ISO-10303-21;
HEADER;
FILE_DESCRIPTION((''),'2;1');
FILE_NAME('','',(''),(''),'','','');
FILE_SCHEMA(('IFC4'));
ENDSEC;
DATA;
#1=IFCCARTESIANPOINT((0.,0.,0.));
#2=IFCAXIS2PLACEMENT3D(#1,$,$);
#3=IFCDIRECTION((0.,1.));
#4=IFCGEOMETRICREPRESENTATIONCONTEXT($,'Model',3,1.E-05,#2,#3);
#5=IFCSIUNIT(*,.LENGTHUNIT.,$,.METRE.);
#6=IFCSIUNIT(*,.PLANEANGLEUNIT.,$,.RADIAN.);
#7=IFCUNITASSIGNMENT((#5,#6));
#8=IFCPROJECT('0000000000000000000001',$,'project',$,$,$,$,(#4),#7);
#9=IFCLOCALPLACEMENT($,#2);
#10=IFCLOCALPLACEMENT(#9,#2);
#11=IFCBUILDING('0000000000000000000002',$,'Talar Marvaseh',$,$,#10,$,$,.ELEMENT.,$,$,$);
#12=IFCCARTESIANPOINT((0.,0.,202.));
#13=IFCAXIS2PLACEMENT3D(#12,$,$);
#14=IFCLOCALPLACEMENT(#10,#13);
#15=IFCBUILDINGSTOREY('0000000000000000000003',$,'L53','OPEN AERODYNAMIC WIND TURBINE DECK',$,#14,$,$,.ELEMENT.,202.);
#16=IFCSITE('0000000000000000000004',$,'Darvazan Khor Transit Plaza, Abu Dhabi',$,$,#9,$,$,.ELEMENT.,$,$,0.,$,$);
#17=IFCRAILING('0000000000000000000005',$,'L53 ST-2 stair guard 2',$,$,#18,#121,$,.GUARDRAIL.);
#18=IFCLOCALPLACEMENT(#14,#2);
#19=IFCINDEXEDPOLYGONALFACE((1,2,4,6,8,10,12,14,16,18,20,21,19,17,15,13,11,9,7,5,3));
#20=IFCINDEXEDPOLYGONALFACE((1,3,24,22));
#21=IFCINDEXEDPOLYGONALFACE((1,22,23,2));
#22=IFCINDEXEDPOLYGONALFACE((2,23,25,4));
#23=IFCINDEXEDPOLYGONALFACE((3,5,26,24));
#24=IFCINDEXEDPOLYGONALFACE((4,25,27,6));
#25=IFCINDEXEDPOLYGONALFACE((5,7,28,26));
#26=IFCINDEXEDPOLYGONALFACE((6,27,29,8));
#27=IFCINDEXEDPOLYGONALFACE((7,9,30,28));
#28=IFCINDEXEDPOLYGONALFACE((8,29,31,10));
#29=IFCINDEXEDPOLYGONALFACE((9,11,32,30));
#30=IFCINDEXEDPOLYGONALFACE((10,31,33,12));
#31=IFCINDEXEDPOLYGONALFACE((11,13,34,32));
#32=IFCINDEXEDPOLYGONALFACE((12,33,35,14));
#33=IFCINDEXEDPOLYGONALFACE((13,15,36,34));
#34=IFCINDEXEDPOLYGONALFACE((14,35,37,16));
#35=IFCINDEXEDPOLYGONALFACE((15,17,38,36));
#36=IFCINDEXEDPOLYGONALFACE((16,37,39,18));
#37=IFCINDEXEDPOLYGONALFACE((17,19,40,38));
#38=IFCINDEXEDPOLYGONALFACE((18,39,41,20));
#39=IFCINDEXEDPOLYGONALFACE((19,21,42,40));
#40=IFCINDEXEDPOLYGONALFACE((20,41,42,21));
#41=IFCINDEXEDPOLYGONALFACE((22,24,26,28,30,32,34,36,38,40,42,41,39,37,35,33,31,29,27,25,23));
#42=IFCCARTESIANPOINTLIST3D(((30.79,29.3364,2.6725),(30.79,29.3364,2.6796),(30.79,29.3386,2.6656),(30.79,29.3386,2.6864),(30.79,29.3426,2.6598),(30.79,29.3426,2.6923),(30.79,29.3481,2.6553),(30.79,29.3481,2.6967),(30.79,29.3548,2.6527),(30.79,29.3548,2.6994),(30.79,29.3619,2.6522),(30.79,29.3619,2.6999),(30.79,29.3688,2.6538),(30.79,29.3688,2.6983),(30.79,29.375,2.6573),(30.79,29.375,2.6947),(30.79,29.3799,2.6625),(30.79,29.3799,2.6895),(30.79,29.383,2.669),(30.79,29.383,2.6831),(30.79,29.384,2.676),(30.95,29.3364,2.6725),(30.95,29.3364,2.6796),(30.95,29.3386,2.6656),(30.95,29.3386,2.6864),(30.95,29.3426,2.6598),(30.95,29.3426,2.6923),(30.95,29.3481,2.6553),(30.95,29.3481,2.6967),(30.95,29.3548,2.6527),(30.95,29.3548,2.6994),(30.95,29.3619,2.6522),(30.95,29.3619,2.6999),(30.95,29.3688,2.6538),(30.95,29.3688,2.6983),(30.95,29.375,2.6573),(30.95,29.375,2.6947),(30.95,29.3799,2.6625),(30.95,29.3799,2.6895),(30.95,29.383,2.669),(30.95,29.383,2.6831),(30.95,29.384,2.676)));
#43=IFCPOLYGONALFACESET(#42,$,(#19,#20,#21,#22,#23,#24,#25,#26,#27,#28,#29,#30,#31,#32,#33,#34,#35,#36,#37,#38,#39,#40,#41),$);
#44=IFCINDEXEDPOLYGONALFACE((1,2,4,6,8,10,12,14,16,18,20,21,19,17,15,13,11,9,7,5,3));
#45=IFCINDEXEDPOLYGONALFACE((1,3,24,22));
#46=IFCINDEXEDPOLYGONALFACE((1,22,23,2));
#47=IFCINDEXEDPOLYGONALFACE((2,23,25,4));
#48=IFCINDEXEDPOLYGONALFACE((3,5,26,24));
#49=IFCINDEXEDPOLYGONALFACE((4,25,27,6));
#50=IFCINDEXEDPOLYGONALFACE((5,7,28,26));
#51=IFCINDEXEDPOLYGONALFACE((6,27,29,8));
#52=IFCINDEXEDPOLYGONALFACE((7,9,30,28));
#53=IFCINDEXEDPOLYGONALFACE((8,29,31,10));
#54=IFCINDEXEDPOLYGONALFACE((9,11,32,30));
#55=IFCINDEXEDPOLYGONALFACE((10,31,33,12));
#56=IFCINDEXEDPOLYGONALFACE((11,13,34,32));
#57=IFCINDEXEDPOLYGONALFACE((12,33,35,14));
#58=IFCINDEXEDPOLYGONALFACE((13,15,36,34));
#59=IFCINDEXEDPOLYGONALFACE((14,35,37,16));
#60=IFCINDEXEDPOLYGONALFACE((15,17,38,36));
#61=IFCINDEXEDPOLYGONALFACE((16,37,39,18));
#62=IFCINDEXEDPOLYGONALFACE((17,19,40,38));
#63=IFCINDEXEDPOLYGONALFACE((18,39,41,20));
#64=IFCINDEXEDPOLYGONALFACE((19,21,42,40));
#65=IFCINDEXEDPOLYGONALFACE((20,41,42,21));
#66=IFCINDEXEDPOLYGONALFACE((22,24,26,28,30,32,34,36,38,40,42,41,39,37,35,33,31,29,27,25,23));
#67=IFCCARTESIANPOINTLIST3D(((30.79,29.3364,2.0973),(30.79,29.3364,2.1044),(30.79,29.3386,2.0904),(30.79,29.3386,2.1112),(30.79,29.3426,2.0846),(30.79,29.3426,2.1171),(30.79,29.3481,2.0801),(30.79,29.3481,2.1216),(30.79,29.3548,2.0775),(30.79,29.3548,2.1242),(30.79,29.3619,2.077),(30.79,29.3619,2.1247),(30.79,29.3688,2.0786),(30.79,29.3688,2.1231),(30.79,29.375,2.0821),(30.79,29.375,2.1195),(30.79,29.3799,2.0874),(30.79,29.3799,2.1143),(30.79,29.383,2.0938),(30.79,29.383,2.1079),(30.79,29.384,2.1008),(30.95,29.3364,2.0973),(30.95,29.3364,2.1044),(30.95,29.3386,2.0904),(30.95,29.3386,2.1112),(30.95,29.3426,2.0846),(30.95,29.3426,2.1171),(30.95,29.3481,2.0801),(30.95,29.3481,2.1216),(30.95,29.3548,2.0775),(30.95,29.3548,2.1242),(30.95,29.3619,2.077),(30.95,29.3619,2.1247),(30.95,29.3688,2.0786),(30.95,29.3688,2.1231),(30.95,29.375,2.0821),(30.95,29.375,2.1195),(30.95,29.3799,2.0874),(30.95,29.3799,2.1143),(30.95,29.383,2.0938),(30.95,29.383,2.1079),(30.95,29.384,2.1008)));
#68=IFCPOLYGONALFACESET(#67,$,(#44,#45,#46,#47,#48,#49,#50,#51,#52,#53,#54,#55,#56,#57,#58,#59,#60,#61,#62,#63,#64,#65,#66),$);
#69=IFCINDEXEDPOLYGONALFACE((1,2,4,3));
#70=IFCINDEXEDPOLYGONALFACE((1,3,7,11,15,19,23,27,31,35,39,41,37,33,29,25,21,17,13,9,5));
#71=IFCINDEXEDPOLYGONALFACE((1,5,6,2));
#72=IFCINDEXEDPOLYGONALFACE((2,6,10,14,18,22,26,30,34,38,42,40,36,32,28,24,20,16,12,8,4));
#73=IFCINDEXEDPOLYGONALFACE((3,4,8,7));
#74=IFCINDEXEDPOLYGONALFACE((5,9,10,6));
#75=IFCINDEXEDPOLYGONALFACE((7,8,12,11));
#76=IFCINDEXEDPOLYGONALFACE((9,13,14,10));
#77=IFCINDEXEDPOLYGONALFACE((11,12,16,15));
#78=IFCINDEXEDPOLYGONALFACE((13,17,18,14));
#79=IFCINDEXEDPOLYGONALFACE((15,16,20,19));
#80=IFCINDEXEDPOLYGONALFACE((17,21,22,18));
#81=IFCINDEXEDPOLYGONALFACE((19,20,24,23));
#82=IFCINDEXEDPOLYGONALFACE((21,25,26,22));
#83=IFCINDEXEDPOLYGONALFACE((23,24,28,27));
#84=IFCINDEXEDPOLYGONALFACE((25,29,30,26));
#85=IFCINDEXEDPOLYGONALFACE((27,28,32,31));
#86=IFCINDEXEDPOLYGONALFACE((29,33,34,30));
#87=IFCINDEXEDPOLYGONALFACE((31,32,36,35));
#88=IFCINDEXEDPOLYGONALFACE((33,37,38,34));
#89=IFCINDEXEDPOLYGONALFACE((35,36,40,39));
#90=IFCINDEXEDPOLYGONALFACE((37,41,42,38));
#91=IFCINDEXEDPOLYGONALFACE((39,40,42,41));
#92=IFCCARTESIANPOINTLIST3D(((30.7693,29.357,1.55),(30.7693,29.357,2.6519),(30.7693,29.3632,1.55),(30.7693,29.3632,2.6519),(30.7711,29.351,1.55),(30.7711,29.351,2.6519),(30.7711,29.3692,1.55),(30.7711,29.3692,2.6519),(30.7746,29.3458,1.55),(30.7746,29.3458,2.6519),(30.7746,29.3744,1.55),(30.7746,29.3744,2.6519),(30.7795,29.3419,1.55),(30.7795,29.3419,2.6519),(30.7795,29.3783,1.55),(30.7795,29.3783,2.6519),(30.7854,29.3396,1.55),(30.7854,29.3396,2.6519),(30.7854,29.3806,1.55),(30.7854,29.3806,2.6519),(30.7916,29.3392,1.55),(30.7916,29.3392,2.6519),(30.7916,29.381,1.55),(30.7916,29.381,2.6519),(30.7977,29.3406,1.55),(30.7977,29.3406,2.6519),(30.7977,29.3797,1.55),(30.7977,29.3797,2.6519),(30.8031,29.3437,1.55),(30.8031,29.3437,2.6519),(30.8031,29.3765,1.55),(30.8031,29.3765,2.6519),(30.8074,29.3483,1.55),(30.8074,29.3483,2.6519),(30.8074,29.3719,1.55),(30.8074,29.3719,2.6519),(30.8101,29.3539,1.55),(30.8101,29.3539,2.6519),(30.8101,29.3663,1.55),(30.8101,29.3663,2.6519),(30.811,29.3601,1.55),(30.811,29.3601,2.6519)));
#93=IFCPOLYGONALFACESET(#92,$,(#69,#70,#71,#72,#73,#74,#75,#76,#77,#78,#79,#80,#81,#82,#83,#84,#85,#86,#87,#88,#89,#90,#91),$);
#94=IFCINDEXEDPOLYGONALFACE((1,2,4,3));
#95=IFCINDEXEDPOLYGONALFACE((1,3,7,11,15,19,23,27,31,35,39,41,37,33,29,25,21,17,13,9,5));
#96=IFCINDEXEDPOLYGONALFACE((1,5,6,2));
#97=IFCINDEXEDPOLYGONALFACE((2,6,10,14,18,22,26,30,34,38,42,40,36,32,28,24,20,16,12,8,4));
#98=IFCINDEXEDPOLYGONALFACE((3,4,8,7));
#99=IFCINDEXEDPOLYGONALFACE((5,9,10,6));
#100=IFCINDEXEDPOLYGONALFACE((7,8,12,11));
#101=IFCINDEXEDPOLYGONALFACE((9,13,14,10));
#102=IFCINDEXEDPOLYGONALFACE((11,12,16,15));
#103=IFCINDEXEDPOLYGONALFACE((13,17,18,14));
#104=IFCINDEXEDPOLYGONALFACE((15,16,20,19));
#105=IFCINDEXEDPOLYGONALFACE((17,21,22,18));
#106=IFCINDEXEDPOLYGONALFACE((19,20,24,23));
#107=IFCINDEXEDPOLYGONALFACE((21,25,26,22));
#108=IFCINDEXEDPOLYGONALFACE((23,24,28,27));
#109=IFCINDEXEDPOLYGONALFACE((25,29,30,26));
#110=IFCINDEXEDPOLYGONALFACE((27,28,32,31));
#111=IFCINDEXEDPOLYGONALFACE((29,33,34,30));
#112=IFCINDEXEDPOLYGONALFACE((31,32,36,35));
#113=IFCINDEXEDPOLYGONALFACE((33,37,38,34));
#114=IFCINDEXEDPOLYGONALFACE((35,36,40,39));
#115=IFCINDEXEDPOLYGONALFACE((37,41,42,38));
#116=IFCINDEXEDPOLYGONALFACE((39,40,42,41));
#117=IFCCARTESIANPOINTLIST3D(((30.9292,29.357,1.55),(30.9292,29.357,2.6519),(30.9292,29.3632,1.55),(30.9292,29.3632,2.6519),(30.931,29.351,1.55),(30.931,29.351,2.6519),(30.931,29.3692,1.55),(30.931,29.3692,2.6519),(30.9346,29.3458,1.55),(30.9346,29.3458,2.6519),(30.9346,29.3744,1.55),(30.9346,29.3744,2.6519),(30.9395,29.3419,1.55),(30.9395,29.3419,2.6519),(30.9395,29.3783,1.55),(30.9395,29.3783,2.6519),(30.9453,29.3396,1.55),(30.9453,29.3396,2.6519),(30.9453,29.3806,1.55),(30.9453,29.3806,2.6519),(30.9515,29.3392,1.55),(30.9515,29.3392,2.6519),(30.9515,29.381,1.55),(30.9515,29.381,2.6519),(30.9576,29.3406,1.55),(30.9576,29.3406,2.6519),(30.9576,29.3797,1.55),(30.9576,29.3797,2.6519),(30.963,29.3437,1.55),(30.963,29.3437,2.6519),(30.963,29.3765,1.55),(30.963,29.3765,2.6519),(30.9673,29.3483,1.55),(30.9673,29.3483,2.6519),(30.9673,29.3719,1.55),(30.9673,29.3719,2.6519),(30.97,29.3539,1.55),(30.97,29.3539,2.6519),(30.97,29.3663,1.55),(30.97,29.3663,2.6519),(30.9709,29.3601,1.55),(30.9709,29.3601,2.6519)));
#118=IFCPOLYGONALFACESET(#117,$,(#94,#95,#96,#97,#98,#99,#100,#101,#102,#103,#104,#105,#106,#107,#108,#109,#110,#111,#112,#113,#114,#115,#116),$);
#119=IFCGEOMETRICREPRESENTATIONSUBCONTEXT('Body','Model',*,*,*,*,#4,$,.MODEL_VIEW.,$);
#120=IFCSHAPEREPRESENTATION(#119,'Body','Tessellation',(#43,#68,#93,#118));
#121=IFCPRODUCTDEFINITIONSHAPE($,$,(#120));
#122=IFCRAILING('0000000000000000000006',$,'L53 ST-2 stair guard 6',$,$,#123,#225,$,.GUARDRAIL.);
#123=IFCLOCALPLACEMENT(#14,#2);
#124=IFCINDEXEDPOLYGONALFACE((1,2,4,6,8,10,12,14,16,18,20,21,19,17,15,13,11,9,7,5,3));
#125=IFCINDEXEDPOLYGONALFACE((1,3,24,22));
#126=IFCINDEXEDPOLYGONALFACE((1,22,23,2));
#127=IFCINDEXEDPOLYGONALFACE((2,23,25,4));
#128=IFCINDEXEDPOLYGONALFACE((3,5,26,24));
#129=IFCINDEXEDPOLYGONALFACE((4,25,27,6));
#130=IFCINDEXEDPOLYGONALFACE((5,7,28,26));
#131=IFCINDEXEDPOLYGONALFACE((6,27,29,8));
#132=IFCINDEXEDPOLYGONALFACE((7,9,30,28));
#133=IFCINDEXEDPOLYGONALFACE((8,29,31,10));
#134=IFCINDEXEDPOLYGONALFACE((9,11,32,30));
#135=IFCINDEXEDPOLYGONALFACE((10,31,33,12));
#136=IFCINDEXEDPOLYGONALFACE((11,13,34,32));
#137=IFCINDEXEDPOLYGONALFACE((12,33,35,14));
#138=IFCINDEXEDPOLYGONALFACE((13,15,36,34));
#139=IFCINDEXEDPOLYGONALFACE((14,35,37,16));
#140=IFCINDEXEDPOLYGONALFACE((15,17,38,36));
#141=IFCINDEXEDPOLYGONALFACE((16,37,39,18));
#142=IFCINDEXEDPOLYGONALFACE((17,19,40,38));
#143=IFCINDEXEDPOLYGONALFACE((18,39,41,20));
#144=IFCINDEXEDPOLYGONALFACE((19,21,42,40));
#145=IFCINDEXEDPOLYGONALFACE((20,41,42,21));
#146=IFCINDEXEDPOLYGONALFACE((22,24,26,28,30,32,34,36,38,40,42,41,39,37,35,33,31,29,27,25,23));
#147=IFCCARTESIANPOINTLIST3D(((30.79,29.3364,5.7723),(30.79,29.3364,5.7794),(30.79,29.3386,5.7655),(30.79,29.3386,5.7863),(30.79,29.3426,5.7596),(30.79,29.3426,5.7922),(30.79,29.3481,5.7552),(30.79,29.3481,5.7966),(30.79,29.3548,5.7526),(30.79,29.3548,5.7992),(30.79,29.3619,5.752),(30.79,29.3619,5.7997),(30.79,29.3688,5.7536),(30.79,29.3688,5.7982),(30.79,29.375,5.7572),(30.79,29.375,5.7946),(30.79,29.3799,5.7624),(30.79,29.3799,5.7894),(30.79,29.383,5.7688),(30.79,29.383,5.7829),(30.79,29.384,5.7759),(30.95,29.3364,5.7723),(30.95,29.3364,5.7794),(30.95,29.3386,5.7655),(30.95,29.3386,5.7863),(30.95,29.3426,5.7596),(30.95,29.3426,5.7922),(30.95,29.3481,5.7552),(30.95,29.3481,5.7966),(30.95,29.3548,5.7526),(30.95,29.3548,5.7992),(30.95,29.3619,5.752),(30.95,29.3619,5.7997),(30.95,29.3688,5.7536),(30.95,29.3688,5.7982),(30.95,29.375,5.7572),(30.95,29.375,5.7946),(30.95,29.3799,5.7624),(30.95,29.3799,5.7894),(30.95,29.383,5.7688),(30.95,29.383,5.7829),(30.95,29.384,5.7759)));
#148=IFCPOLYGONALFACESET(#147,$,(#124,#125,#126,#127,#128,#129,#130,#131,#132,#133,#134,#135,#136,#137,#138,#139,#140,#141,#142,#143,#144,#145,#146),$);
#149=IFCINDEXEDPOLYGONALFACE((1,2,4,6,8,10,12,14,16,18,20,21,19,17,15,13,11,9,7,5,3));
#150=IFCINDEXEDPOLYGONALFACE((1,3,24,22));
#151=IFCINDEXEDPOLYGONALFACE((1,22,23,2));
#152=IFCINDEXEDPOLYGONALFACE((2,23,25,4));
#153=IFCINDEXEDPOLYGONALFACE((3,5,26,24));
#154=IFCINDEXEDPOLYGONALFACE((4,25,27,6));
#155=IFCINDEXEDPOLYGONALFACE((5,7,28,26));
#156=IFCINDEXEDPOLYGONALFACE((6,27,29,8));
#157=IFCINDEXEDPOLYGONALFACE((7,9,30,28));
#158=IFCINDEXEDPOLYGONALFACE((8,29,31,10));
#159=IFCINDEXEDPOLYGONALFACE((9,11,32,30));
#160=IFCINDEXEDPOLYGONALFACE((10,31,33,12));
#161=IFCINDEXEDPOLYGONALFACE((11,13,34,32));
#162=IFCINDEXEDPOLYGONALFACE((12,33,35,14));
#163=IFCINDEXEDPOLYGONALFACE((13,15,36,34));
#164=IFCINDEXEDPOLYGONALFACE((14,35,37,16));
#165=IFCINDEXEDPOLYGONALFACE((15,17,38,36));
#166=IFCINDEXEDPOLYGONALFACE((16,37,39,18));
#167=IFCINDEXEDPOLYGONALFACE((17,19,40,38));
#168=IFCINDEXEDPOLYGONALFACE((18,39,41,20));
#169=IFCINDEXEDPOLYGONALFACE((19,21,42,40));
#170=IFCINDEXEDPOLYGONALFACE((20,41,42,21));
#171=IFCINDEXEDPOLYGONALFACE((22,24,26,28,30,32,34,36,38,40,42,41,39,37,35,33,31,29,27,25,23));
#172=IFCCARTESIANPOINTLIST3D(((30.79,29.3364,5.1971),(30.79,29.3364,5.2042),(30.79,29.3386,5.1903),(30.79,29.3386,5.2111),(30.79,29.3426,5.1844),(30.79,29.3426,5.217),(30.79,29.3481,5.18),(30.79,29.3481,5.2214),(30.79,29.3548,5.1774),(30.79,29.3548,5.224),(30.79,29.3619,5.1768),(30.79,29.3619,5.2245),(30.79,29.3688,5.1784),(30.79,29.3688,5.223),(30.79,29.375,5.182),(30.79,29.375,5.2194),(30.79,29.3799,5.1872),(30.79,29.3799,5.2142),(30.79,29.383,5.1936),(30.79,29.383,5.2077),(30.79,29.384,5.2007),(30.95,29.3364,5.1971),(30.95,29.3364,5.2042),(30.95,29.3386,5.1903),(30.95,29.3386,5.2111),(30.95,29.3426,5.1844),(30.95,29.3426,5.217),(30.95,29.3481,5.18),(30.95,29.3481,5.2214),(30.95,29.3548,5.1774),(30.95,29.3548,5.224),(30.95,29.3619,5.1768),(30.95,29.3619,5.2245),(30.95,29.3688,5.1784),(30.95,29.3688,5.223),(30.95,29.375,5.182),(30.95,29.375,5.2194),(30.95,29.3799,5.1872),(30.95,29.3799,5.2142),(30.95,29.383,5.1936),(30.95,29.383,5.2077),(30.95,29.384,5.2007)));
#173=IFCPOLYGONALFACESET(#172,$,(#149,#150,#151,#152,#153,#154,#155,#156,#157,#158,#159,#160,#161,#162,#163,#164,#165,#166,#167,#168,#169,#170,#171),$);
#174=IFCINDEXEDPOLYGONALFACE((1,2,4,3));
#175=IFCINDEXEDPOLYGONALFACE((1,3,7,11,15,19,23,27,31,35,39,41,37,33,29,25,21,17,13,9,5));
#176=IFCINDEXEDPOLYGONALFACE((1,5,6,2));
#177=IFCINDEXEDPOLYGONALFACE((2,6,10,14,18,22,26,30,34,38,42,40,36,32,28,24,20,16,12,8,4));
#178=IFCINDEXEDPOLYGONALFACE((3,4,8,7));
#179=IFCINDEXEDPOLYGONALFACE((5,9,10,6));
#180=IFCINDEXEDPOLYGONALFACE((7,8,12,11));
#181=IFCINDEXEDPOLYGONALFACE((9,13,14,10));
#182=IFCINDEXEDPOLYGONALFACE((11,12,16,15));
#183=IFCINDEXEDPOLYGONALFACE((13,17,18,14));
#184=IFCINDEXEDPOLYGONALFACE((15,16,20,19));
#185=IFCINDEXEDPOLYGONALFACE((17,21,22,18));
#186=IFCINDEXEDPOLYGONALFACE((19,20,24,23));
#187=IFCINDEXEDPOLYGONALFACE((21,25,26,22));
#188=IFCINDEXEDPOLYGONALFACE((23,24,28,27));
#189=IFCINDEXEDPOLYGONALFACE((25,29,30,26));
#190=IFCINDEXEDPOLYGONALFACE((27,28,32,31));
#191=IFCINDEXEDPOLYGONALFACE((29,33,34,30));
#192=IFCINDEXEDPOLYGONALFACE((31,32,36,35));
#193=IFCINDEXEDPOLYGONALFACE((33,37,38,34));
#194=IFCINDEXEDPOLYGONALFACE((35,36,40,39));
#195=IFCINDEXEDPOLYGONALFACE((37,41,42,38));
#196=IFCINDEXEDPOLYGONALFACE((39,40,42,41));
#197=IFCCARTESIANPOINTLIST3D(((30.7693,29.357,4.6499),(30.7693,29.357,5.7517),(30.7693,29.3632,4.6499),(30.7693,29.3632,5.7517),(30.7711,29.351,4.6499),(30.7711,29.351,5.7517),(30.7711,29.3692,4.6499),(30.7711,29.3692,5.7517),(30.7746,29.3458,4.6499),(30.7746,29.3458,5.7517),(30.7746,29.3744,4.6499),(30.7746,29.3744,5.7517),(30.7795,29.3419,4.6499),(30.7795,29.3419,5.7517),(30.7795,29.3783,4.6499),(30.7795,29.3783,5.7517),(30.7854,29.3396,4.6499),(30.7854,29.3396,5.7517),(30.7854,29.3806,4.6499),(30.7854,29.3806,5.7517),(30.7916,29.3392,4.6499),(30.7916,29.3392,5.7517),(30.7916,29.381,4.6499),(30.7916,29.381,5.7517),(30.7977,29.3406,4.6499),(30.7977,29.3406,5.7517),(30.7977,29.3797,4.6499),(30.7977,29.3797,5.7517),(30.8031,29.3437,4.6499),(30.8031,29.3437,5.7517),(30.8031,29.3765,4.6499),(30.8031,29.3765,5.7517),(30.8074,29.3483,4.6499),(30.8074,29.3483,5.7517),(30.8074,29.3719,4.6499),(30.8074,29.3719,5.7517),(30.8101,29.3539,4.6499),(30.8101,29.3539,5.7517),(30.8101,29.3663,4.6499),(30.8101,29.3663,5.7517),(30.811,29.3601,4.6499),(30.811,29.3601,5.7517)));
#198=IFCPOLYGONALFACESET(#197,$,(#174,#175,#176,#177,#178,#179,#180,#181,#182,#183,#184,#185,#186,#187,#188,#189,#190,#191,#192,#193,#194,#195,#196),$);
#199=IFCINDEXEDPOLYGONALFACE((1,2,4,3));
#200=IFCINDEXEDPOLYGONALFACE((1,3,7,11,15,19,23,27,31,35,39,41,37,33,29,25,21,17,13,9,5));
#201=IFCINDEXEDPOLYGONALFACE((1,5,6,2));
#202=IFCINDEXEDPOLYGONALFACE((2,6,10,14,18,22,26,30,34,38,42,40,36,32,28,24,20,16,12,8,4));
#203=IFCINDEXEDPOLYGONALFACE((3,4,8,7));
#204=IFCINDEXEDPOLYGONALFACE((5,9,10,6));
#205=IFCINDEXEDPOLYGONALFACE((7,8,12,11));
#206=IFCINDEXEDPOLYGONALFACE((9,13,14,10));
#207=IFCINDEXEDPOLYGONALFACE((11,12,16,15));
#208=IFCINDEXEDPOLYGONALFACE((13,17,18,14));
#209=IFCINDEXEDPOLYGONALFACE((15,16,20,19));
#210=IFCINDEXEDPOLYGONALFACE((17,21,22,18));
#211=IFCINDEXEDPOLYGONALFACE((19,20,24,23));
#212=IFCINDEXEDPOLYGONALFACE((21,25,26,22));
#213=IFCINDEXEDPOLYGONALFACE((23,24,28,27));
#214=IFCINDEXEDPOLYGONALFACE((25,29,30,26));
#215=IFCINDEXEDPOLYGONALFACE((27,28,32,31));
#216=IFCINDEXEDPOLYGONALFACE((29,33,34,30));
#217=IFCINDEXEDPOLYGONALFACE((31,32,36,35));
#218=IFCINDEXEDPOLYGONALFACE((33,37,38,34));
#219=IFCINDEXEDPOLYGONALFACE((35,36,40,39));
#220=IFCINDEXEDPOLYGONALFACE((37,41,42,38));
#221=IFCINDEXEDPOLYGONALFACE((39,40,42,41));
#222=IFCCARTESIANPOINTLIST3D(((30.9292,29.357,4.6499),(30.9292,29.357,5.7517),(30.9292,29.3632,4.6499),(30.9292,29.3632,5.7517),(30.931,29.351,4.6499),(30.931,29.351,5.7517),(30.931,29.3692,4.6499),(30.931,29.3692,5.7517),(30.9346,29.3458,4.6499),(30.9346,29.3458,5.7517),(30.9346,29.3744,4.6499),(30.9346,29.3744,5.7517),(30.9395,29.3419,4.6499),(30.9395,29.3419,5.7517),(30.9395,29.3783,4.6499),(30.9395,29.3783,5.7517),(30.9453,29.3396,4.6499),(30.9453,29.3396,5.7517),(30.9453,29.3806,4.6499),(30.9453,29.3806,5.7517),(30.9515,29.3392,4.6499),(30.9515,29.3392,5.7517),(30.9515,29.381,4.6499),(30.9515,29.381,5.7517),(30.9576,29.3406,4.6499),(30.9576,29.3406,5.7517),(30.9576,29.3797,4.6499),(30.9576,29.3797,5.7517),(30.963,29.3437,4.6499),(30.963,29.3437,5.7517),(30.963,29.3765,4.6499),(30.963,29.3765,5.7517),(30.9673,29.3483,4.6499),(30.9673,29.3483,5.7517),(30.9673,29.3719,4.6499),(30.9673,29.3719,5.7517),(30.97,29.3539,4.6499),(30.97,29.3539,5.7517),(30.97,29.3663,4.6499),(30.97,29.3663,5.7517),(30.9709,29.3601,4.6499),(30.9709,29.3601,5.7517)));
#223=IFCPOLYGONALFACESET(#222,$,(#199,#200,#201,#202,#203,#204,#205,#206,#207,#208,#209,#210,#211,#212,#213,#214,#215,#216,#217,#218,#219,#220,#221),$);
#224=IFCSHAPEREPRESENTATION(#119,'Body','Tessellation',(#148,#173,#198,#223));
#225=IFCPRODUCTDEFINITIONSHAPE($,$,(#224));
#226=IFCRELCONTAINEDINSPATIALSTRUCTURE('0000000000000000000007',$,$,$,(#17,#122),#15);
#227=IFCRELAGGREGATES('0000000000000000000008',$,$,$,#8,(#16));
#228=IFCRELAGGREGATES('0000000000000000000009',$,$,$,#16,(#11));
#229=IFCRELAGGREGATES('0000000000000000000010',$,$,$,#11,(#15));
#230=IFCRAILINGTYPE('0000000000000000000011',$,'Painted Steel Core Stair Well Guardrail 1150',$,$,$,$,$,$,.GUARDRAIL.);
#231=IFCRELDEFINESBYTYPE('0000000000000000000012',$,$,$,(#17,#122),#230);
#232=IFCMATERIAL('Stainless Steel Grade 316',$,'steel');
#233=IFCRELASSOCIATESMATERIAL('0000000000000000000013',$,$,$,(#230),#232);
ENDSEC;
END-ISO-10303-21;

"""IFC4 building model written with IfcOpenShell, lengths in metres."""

from ifc_helpers import new_model, si_unit, direction, frame, origin, origin_2d, place, context, subcontext, project, spatial, circle, extrude, material, type_object, element, save


model = new_model("IFC4")

# Units and contexts
model_context = context("Model", 3, precision=1e-05, world=origin(), true_north=direction((0.0, 1.0)))
body_context = subcontext(model_context, "Body", "Model", "MODEL_VIEW")
ifc_project = project(units=[si_unit("LENGTHUNIT", "METRE"), si_unit("PLANEANGLEUNIT", "RADIAN")], contexts=[model_context])

# Site, building, storey
site_placement = place(None, origin())
site = spatial("IfcSite", under=ifc_project, at=site_placement, Name="Darvazan Khor Transit Plaza, Abu Dhabi", CompositionType="ELEMENT", RefElevation=0.0)
building_placement = place(site_placement, origin())
building = spatial("IfcBuilding", under=site, at=building_placement, Name="Talar Marvaseh", CompositionType="ELEMENT")
storey_placement = place(building_placement, frame((0.0, 0.0, 202.0)))
storey = spatial("IfcBuildingStorey", under=building, at=storey_placement, Name="L53", Description="OPEN AERODYNAMIC WIND TURBINE DECK", CompositionType="ELEMENT", Elevation=202.0)

# Shared definitions
ifc_material_1 = material(Name="Stainless Steel Grade 316", Category="steel")

# Railings
railing_type_1 = type_object("IfcRailingType", Name="Painted Steel Core Stair Well Guardrail 1150", PredefinedType="GUARDRAIL", material=ifc_material_1)
for number, where, name in (
    (1, (30.79, 29.3601, 1.55), "L53 ST-2 stair guard 2"),
    (2, (30.79, 29.3601, 4.6499), "L53 ST-2 stair guard 6"),
):
    element("IfcRailing", number, at=place(storey_placement, frame(where)), inside=storey, type_object=railing_type_1, Name=name, PredefinedType="GUARDRAIL", context=body_context, shape_type="SweptSolid", body=[
        extrude(circle(Radius=0.0239, at=origin_2d()), frame((0.0, 0.0, 1.126), z_axis=(1.0, 0.0, 0.0), x_axis=(0.0, 1.0, 0.0)), (0.0, 0.0, 1.0), 0.1599),
        extrude(circle(Radius=0.0239, at=origin_2d()), frame((0.0, 0.0, 0.5508), z_axis=(1.0, 0.0, 0.0), x_axis=(0.0, 1.0, 0.0)), (0.0, 0.0, 1.0), 0.1599),
        extrude(circle(Radius=0.021, at=origin_2d()), origin(), (0.0, 0.0, 1.0), 1.1018),
        extrude(circle(Radius=0.021, at=origin_2d()), frame((0.1599, 0.0, 0.0)), (0.0, 0.0, 1.0), 1.1018),
    ])

save(model, "model.ifc")
